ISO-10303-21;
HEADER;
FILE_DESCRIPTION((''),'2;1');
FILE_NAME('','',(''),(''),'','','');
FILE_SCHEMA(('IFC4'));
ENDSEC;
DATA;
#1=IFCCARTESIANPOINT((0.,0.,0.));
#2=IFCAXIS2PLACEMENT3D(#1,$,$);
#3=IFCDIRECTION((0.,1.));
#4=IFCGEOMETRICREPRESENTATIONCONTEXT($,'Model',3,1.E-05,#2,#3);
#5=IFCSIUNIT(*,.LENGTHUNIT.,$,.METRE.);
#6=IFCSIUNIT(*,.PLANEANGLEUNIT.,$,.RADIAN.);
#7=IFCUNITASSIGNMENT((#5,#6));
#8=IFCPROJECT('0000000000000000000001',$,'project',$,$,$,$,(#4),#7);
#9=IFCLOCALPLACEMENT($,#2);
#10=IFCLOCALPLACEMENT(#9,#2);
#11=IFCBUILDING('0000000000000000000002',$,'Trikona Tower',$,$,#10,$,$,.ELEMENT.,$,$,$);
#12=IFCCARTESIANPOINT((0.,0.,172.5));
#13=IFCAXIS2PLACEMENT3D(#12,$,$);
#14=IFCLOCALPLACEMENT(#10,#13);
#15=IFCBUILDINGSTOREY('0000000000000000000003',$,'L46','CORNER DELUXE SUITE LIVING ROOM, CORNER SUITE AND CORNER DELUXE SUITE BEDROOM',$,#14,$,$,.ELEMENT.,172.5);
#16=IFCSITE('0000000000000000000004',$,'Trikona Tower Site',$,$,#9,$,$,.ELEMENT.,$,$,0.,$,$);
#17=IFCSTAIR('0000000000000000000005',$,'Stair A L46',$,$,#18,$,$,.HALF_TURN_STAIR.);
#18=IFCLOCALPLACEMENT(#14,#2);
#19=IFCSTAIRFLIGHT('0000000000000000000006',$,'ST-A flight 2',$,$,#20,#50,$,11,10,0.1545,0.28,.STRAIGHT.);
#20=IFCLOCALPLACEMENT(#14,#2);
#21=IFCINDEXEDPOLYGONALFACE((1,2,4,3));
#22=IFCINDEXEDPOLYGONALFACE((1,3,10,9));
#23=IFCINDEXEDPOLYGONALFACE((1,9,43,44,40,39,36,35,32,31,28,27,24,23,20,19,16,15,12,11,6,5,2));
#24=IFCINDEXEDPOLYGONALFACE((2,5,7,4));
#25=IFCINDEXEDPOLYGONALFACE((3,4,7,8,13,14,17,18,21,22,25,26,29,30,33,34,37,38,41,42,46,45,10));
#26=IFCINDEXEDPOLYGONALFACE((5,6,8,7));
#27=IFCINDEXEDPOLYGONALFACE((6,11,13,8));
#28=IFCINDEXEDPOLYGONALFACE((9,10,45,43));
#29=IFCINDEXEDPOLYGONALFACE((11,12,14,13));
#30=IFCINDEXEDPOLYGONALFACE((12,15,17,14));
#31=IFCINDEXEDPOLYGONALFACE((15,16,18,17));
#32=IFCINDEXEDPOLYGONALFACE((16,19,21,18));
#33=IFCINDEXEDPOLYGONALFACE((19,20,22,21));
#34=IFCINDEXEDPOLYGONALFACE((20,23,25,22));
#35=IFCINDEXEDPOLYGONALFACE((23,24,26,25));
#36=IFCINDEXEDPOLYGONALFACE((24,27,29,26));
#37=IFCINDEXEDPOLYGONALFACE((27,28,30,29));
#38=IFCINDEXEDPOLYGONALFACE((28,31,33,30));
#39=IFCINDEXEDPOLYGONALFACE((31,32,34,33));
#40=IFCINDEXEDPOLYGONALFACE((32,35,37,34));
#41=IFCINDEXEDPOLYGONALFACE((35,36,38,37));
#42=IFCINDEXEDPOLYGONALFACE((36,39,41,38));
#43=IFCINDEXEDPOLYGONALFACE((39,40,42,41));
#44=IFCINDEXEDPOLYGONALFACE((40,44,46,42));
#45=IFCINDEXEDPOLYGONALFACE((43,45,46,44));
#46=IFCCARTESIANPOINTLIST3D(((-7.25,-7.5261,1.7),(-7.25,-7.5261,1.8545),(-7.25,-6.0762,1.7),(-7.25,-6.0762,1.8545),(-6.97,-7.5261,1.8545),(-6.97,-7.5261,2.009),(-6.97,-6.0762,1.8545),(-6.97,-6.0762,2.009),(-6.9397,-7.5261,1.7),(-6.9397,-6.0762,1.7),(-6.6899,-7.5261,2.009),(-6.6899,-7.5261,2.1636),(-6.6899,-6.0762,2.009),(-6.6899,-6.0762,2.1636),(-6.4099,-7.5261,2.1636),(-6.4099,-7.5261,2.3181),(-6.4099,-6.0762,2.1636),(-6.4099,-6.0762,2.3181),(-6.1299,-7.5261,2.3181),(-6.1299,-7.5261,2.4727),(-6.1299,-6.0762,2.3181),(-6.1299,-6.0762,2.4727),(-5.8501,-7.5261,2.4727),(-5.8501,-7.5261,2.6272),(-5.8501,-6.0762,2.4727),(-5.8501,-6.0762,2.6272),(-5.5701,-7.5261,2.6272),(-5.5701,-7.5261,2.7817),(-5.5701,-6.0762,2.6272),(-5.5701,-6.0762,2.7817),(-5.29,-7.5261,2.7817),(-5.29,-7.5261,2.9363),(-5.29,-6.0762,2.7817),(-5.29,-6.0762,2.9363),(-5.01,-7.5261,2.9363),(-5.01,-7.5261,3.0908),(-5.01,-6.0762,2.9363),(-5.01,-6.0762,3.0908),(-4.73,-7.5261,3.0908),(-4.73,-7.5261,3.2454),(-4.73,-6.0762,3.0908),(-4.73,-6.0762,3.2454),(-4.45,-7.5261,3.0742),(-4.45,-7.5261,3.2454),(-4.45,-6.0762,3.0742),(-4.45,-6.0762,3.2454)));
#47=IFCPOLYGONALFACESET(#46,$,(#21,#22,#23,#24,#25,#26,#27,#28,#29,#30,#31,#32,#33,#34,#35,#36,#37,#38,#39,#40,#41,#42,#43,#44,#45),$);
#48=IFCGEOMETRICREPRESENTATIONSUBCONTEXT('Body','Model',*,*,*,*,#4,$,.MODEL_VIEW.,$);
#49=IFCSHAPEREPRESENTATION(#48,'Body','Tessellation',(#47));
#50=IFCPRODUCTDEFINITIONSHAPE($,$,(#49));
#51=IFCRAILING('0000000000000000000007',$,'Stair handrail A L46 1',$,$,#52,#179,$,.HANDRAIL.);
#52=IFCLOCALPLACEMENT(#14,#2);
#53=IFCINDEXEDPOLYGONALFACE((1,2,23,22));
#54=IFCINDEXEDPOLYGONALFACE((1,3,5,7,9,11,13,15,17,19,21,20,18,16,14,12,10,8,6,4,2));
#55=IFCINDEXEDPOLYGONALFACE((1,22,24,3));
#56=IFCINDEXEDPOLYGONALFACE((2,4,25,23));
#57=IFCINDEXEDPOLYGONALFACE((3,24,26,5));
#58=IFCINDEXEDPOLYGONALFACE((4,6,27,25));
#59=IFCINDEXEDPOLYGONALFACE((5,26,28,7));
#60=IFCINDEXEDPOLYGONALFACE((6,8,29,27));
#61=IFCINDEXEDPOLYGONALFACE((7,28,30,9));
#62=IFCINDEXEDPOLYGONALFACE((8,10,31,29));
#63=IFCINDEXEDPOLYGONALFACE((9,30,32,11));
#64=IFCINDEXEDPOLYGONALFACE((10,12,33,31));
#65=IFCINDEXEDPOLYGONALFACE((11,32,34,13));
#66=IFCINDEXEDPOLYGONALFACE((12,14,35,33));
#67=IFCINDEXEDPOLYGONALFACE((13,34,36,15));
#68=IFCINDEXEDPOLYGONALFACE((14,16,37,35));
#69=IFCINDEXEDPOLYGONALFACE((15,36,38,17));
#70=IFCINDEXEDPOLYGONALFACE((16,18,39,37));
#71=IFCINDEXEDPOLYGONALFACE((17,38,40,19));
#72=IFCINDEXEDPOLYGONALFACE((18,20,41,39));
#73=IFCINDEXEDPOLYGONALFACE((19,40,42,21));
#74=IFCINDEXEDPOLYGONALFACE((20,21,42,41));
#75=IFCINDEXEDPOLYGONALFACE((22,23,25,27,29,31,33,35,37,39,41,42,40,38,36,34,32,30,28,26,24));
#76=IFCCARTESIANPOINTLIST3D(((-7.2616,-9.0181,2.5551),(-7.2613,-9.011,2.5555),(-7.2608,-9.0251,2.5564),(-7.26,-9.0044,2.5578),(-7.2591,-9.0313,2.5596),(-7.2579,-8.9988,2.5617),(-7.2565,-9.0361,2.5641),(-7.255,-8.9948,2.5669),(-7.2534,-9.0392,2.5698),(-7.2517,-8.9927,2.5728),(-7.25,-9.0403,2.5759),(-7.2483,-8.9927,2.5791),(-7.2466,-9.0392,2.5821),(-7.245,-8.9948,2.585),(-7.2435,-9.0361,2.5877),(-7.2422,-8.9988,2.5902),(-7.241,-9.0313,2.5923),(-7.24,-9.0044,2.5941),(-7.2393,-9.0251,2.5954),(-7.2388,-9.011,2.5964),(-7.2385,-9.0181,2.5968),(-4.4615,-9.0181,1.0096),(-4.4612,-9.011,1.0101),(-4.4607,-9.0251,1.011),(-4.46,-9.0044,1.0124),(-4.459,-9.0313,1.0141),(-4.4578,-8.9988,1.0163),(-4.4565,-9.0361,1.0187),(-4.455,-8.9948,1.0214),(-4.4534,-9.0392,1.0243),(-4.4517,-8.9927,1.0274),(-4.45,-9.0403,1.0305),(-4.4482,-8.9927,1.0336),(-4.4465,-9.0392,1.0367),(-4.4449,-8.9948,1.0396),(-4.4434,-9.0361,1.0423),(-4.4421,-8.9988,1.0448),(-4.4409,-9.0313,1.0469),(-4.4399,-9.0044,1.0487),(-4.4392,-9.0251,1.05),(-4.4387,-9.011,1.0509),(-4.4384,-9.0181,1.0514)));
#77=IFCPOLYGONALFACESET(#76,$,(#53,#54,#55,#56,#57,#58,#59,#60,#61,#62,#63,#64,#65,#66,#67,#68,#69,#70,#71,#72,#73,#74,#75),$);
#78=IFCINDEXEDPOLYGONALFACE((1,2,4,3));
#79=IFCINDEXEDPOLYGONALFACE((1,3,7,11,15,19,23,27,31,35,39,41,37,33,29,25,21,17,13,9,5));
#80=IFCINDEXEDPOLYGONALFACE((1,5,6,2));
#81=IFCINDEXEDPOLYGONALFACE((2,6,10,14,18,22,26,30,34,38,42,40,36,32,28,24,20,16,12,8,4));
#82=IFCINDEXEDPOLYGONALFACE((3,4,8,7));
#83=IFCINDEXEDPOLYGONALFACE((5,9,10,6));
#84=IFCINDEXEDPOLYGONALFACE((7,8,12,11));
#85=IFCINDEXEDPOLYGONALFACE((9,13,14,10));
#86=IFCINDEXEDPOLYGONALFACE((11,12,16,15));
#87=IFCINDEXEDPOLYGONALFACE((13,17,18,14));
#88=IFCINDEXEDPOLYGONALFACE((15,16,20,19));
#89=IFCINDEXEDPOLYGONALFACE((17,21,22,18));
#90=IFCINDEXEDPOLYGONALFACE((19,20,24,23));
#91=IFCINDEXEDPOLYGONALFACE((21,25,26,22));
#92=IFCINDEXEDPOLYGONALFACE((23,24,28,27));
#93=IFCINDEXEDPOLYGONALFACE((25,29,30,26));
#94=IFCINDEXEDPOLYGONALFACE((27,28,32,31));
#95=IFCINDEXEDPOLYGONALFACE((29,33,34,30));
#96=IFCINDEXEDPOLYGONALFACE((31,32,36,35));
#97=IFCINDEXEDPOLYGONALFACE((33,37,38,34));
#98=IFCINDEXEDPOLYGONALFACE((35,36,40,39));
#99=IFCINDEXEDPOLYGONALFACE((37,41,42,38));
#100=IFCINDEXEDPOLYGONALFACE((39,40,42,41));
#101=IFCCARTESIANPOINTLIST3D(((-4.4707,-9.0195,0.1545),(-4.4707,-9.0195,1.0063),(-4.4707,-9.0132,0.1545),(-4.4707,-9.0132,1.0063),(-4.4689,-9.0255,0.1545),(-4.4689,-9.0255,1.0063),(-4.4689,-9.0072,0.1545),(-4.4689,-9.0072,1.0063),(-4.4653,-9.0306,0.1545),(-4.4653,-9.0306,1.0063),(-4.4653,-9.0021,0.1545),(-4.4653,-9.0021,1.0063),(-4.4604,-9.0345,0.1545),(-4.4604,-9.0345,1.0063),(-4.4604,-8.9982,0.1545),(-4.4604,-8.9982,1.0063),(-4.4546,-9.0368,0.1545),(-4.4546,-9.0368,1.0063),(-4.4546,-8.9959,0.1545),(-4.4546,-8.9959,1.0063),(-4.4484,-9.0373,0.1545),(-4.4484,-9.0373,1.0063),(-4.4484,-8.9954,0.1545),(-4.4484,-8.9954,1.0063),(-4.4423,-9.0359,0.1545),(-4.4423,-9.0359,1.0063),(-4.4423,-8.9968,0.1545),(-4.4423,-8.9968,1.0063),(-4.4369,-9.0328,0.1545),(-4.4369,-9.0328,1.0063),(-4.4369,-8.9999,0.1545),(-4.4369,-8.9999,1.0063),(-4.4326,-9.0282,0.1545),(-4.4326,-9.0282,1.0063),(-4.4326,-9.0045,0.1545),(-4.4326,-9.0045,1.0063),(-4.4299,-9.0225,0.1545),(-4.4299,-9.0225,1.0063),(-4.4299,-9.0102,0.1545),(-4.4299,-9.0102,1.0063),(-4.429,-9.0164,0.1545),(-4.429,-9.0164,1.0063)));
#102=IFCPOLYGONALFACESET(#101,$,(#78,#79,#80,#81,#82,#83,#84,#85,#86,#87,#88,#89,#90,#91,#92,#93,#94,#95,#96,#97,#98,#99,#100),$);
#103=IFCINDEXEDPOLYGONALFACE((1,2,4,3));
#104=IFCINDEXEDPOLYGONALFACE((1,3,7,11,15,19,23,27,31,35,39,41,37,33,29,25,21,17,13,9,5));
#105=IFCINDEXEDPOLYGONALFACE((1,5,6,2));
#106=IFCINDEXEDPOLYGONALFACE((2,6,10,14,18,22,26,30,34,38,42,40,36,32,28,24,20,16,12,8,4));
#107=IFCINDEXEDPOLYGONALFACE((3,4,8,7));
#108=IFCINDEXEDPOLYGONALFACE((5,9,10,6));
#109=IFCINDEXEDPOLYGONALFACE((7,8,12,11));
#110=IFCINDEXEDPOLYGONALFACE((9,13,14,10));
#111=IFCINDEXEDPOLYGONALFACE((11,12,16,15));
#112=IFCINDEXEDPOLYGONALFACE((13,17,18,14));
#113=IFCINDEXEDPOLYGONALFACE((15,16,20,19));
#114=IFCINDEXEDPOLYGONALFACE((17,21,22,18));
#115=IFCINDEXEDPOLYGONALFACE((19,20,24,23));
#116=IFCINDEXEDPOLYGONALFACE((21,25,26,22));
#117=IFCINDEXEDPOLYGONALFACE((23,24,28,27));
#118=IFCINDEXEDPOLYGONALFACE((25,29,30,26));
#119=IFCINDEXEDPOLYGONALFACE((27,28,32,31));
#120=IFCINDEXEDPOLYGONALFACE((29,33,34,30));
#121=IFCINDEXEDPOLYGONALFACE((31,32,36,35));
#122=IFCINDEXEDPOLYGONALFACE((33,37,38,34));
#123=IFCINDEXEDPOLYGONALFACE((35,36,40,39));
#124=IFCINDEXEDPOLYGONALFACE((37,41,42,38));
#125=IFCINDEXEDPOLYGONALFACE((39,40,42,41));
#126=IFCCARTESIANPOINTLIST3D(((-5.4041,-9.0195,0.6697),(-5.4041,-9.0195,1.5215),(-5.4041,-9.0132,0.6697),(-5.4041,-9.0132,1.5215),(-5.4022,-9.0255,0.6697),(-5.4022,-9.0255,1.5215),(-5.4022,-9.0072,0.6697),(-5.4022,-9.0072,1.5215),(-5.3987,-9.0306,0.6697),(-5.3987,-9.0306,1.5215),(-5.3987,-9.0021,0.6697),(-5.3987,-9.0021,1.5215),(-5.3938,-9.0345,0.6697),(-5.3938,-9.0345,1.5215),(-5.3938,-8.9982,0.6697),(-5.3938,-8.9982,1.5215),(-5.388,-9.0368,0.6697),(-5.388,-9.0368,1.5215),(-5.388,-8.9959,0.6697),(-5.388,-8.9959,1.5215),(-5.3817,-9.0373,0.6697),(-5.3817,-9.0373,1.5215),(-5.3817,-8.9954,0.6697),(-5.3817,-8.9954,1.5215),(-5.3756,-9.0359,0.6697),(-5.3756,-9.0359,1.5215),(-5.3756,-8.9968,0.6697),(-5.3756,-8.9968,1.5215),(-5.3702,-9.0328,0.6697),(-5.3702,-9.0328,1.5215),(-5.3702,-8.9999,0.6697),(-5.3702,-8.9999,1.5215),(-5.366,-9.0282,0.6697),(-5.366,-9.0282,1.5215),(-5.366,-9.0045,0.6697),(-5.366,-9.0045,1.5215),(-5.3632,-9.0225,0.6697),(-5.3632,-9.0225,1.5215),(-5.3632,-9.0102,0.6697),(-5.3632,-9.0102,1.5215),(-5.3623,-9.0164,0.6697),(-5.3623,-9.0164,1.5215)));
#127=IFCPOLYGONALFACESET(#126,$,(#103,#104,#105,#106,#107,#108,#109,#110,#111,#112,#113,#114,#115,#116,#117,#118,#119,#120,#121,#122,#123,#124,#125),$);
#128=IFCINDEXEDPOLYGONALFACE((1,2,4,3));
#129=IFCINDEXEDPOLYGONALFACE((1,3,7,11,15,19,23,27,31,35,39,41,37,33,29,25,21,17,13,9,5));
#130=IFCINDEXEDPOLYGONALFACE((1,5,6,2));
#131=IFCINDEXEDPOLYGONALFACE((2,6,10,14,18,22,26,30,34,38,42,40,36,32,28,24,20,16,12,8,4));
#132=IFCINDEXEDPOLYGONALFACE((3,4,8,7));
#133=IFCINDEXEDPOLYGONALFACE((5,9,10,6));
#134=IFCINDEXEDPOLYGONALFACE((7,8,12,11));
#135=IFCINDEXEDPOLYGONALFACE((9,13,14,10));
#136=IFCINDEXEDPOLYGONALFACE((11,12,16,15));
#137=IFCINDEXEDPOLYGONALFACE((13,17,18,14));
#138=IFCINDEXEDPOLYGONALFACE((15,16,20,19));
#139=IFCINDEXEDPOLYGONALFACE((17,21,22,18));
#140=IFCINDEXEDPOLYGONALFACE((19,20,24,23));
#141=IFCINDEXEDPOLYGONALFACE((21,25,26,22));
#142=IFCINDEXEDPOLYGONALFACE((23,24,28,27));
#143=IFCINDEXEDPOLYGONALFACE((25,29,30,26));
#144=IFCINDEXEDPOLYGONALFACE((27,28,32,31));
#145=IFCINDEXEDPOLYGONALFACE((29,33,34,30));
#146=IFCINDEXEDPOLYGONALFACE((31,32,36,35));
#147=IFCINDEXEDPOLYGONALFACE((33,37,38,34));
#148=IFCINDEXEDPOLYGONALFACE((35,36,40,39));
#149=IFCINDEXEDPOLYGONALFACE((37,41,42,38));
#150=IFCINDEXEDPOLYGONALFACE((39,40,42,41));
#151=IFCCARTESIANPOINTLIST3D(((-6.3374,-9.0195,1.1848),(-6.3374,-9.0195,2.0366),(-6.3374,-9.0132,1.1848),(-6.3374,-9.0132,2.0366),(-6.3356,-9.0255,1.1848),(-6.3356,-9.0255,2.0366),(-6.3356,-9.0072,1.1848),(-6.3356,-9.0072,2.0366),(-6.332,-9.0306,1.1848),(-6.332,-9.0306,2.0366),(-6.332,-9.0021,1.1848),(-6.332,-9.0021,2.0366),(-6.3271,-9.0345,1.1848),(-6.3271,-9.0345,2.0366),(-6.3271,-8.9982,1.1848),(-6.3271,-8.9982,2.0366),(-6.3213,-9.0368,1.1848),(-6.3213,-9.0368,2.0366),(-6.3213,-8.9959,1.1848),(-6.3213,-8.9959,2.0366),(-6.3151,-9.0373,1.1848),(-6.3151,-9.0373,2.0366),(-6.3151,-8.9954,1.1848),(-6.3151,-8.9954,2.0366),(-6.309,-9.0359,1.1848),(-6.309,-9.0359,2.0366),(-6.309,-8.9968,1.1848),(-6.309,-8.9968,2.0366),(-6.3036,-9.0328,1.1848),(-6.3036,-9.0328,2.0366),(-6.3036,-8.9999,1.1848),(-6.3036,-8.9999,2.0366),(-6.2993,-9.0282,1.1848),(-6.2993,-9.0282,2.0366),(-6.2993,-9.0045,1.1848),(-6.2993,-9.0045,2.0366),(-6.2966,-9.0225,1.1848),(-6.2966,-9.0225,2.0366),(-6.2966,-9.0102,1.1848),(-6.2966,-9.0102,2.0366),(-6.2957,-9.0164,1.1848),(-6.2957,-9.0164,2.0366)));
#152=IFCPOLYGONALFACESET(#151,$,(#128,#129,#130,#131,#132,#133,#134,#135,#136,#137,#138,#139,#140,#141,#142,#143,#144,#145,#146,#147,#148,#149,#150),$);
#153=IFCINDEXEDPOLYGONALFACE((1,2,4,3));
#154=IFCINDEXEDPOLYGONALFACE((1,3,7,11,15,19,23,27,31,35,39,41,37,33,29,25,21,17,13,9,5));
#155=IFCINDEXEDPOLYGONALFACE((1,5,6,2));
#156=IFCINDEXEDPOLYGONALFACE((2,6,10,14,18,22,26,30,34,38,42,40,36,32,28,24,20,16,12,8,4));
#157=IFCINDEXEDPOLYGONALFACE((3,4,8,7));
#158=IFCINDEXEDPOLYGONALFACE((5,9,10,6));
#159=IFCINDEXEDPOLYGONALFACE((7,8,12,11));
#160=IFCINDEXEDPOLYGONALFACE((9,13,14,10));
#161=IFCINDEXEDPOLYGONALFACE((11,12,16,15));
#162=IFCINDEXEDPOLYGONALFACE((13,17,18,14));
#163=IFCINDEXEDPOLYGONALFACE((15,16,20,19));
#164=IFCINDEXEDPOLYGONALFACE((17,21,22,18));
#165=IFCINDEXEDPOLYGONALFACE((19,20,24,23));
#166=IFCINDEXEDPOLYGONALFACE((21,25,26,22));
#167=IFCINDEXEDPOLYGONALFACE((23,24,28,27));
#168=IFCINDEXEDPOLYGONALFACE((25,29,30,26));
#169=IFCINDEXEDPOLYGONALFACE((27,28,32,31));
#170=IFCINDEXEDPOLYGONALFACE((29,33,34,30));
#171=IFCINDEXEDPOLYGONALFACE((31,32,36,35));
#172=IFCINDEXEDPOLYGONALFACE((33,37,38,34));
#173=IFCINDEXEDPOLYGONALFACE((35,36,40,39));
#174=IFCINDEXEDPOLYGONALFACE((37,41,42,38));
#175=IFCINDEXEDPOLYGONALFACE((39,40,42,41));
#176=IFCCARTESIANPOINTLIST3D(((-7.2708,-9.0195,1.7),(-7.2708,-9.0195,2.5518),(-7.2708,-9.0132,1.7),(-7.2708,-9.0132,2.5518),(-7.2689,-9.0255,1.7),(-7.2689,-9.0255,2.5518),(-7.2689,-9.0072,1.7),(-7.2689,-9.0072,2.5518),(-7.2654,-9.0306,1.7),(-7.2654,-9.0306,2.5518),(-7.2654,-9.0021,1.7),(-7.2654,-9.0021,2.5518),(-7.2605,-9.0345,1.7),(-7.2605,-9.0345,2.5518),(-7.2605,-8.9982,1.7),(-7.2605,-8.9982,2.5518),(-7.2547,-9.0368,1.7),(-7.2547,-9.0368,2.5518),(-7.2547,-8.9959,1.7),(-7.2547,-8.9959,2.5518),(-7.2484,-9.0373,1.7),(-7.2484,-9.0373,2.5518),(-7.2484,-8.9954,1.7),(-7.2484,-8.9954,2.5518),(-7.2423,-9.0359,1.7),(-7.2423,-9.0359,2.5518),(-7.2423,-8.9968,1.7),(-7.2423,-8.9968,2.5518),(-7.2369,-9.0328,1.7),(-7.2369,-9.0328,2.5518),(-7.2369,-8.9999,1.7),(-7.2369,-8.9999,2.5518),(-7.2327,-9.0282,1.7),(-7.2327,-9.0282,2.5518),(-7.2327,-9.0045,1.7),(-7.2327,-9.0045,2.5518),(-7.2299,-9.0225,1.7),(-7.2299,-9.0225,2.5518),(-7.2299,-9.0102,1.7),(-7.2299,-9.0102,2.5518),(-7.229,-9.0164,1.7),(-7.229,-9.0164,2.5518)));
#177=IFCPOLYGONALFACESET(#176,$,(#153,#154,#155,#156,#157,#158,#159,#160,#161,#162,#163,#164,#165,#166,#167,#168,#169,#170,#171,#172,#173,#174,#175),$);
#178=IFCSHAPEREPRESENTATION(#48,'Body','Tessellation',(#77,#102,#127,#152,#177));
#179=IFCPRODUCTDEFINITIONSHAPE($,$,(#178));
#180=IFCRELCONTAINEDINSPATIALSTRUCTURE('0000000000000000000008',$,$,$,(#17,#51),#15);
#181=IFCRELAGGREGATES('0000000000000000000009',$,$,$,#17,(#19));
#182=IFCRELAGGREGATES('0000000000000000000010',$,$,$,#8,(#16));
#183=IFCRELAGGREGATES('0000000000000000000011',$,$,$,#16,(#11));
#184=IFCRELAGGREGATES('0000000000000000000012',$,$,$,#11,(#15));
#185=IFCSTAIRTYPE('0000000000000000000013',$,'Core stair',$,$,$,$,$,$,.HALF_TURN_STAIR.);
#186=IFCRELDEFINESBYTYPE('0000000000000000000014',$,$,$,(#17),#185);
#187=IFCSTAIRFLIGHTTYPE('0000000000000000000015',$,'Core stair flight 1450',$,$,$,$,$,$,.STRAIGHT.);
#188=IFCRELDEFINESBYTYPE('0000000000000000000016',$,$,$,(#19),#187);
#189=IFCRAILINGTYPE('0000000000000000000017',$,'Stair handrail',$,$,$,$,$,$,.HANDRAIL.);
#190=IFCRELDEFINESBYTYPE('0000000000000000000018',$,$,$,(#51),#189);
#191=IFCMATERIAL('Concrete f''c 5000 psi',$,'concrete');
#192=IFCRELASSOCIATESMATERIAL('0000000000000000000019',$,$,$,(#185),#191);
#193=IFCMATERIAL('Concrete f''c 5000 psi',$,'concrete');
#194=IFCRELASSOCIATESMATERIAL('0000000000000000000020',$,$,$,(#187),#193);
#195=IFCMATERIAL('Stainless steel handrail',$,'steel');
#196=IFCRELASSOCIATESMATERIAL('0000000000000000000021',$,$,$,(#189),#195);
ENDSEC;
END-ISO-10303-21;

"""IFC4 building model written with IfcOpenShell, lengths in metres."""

from ifc_helpers import new_model, si_unit, direction, frame, origin, origin_2d, place, context, subcontext, project, spatial, polyline, circle, outline, extrude, material, type_object, element, aggregate, save


model = new_model("IFC4")

# Units and contexts
model_context = context("Model", 3, precision=1e-05, world=origin(), true_north=direction((0.0, 1.0)))
body_context = subcontext(model_context, "Body", "Model", "MODEL_VIEW")
ifc_project = project(units=[si_unit("LENGTHUNIT", "METRE"), si_unit("PLANEANGLEUNIT", "RADIAN")], contexts=[model_context])

# Site, building, storey
site_placement = place(None, origin())
site = spatial("IfcSite", under=ifc_project, at=site_placement, Name="Trikona Tower Site", CompositionType="ELEMENT", RefElevation=0.0)
building_placement = place(site_placement, origin())
building = spatial("IfcBuilding", under=site, at=building_placement, Name="Trikona Tower", CompositionType="ELEMENT")
storey_placement = place(building_placement, frame((0.0, 0.0, 172.5)))
storey = spatial("IfcBuildingStorey", under=building, at=storey_placement, Name="L46", Description="CORNER DELUXE SUITE LIVING ROOM, CORNER SUITE AND CORNER DELUXE SUITE BEDROOM", CompositionType="ELEMENT", Elevation=172.5)

# Stair, stair flight
ifc_material_1 = material(Name="Concrete f'c 5000 psi", Category="concrete")
stair_type = type_object("IfcStairType", Name="Core stair", PredefinedType="HALF_TURN_STAIR", material=ifc_material_1)
stair_placement = place(storey_placement, origin())
stair = element("IfcStair", 1, at=stair_placement, inside=storey, type_object=stair_type, Name="Stair A L46", PredefinedType="HALF_TURN_STAIR")
ifc_material_2 = material(Name="Concrete f'c 5000 psi", Category="concrete")
stair_flight_type = type_object("IfcStairFlightType", Name="Core stair flight 1450", PredefinedType="STRAIGHT", material=ifc_material_2)
stair_flight_1_placement = place(storey_placement, frame((-7.25, -6.8013, 1.7), z_axis=(0.0, 0.0, 1.0), x_axis=(1.0, 0.0, 0.0)))
stair_flight_1 = element("IfcStairFlight", 2, at=stair_flight_1_placement, type_object=stair_flight_type, Name="ST-A flight 2", NumberOfRisers=11, NumberOfTreads=10, PredefinedType="STRAIGHT", RiserHeight=0.1545, TreadLength=0.28, context=body_context, shape_type="SweptSolid", body=[
    extrude(outline(polyline([(0.0, 0.0), (0.0, 0.1545), (0.28, 0.1545), (0.28, 0.3091), (0.5601, 0.3091), (0.5601, 0.4636), (0.8401, 0.4636), (0.8401, 0.6182), (1.1201, 0.6182), (1.1201, 0.7727), (1.3999, 0.7727), (1.3999, 0.9272), (1.6799, 0.9272), (1.6799, 1.0818), (1.96, 1.0818), (1.96, 1.2363), (2.24, 1.2363), (2.24, 1.3909), (2.52, 1.3909), (2.52, 1.5454), (2.8, 1.5454), (2.8, 1.7), (2.8, 1.3743), (0.3103, 0.0), (0.0, 0.0)])), frame((0.0, 0.7251, 0.0), z_axis=(0.0, -1.0, 0.0), x_axis=(1.0, 0.0, 0.0)), (0.0, 0.0, 1.0), 1.45),
])
aggregate(stair, [stair_flight_1])

# Railing
ifc_material_3 = material(Name="Stainless steel handrail", Category="steel")
railing_type = type_object("IfcRailingType", Name="Stair handrail", PredefinedType="HANDRAIL", material=ifc_material_3)
railing_1_placement = place(storey_placement, frame((-4.45, -9.0164, 0.1545)))
element("IfcRailing", 3, at=railing_1_placement, inside=storey, type_object=railing_type, Name="Stair handrail A L46 1", PredefinedType="HANDRAIL", context=body_context, shape_type="SweptSolid", body=[
    extrude(circle(Radius=0.0239, at=origin_2d()), frame((0.0, 0.0, 0.876), z_axis=(-0.875504, 0.0, 0.483211), x_axis=(0.0, -1.0, 0.0)), (0.0, 0.0, 1.0), 3.1982),
    extrude(circle(Radius=0.021, at=origin_2d()), origin(), (0.0, 0.0, 1.0), 0.8518),
    extrude(circle(Radius=0.021, at=origin_2d()), frame((-0.9333, 0.0, 0.5151)), (0.0, 0.0, 1.0), 0.8518),
    extrude(circle(Radius=0.021, at=origin_2d()), frame((-1.8667, 0.0, 1.0303)), (0.0, 0.0, 1.0), 0.8518),
    extrude(circle(Radius=0.021, at=origin_2d()), frame((-2.8, 0.0, 1.5454)), (0.0, 0.0, 1.0), 0.8518),
])

save(model, "model.ifc")
